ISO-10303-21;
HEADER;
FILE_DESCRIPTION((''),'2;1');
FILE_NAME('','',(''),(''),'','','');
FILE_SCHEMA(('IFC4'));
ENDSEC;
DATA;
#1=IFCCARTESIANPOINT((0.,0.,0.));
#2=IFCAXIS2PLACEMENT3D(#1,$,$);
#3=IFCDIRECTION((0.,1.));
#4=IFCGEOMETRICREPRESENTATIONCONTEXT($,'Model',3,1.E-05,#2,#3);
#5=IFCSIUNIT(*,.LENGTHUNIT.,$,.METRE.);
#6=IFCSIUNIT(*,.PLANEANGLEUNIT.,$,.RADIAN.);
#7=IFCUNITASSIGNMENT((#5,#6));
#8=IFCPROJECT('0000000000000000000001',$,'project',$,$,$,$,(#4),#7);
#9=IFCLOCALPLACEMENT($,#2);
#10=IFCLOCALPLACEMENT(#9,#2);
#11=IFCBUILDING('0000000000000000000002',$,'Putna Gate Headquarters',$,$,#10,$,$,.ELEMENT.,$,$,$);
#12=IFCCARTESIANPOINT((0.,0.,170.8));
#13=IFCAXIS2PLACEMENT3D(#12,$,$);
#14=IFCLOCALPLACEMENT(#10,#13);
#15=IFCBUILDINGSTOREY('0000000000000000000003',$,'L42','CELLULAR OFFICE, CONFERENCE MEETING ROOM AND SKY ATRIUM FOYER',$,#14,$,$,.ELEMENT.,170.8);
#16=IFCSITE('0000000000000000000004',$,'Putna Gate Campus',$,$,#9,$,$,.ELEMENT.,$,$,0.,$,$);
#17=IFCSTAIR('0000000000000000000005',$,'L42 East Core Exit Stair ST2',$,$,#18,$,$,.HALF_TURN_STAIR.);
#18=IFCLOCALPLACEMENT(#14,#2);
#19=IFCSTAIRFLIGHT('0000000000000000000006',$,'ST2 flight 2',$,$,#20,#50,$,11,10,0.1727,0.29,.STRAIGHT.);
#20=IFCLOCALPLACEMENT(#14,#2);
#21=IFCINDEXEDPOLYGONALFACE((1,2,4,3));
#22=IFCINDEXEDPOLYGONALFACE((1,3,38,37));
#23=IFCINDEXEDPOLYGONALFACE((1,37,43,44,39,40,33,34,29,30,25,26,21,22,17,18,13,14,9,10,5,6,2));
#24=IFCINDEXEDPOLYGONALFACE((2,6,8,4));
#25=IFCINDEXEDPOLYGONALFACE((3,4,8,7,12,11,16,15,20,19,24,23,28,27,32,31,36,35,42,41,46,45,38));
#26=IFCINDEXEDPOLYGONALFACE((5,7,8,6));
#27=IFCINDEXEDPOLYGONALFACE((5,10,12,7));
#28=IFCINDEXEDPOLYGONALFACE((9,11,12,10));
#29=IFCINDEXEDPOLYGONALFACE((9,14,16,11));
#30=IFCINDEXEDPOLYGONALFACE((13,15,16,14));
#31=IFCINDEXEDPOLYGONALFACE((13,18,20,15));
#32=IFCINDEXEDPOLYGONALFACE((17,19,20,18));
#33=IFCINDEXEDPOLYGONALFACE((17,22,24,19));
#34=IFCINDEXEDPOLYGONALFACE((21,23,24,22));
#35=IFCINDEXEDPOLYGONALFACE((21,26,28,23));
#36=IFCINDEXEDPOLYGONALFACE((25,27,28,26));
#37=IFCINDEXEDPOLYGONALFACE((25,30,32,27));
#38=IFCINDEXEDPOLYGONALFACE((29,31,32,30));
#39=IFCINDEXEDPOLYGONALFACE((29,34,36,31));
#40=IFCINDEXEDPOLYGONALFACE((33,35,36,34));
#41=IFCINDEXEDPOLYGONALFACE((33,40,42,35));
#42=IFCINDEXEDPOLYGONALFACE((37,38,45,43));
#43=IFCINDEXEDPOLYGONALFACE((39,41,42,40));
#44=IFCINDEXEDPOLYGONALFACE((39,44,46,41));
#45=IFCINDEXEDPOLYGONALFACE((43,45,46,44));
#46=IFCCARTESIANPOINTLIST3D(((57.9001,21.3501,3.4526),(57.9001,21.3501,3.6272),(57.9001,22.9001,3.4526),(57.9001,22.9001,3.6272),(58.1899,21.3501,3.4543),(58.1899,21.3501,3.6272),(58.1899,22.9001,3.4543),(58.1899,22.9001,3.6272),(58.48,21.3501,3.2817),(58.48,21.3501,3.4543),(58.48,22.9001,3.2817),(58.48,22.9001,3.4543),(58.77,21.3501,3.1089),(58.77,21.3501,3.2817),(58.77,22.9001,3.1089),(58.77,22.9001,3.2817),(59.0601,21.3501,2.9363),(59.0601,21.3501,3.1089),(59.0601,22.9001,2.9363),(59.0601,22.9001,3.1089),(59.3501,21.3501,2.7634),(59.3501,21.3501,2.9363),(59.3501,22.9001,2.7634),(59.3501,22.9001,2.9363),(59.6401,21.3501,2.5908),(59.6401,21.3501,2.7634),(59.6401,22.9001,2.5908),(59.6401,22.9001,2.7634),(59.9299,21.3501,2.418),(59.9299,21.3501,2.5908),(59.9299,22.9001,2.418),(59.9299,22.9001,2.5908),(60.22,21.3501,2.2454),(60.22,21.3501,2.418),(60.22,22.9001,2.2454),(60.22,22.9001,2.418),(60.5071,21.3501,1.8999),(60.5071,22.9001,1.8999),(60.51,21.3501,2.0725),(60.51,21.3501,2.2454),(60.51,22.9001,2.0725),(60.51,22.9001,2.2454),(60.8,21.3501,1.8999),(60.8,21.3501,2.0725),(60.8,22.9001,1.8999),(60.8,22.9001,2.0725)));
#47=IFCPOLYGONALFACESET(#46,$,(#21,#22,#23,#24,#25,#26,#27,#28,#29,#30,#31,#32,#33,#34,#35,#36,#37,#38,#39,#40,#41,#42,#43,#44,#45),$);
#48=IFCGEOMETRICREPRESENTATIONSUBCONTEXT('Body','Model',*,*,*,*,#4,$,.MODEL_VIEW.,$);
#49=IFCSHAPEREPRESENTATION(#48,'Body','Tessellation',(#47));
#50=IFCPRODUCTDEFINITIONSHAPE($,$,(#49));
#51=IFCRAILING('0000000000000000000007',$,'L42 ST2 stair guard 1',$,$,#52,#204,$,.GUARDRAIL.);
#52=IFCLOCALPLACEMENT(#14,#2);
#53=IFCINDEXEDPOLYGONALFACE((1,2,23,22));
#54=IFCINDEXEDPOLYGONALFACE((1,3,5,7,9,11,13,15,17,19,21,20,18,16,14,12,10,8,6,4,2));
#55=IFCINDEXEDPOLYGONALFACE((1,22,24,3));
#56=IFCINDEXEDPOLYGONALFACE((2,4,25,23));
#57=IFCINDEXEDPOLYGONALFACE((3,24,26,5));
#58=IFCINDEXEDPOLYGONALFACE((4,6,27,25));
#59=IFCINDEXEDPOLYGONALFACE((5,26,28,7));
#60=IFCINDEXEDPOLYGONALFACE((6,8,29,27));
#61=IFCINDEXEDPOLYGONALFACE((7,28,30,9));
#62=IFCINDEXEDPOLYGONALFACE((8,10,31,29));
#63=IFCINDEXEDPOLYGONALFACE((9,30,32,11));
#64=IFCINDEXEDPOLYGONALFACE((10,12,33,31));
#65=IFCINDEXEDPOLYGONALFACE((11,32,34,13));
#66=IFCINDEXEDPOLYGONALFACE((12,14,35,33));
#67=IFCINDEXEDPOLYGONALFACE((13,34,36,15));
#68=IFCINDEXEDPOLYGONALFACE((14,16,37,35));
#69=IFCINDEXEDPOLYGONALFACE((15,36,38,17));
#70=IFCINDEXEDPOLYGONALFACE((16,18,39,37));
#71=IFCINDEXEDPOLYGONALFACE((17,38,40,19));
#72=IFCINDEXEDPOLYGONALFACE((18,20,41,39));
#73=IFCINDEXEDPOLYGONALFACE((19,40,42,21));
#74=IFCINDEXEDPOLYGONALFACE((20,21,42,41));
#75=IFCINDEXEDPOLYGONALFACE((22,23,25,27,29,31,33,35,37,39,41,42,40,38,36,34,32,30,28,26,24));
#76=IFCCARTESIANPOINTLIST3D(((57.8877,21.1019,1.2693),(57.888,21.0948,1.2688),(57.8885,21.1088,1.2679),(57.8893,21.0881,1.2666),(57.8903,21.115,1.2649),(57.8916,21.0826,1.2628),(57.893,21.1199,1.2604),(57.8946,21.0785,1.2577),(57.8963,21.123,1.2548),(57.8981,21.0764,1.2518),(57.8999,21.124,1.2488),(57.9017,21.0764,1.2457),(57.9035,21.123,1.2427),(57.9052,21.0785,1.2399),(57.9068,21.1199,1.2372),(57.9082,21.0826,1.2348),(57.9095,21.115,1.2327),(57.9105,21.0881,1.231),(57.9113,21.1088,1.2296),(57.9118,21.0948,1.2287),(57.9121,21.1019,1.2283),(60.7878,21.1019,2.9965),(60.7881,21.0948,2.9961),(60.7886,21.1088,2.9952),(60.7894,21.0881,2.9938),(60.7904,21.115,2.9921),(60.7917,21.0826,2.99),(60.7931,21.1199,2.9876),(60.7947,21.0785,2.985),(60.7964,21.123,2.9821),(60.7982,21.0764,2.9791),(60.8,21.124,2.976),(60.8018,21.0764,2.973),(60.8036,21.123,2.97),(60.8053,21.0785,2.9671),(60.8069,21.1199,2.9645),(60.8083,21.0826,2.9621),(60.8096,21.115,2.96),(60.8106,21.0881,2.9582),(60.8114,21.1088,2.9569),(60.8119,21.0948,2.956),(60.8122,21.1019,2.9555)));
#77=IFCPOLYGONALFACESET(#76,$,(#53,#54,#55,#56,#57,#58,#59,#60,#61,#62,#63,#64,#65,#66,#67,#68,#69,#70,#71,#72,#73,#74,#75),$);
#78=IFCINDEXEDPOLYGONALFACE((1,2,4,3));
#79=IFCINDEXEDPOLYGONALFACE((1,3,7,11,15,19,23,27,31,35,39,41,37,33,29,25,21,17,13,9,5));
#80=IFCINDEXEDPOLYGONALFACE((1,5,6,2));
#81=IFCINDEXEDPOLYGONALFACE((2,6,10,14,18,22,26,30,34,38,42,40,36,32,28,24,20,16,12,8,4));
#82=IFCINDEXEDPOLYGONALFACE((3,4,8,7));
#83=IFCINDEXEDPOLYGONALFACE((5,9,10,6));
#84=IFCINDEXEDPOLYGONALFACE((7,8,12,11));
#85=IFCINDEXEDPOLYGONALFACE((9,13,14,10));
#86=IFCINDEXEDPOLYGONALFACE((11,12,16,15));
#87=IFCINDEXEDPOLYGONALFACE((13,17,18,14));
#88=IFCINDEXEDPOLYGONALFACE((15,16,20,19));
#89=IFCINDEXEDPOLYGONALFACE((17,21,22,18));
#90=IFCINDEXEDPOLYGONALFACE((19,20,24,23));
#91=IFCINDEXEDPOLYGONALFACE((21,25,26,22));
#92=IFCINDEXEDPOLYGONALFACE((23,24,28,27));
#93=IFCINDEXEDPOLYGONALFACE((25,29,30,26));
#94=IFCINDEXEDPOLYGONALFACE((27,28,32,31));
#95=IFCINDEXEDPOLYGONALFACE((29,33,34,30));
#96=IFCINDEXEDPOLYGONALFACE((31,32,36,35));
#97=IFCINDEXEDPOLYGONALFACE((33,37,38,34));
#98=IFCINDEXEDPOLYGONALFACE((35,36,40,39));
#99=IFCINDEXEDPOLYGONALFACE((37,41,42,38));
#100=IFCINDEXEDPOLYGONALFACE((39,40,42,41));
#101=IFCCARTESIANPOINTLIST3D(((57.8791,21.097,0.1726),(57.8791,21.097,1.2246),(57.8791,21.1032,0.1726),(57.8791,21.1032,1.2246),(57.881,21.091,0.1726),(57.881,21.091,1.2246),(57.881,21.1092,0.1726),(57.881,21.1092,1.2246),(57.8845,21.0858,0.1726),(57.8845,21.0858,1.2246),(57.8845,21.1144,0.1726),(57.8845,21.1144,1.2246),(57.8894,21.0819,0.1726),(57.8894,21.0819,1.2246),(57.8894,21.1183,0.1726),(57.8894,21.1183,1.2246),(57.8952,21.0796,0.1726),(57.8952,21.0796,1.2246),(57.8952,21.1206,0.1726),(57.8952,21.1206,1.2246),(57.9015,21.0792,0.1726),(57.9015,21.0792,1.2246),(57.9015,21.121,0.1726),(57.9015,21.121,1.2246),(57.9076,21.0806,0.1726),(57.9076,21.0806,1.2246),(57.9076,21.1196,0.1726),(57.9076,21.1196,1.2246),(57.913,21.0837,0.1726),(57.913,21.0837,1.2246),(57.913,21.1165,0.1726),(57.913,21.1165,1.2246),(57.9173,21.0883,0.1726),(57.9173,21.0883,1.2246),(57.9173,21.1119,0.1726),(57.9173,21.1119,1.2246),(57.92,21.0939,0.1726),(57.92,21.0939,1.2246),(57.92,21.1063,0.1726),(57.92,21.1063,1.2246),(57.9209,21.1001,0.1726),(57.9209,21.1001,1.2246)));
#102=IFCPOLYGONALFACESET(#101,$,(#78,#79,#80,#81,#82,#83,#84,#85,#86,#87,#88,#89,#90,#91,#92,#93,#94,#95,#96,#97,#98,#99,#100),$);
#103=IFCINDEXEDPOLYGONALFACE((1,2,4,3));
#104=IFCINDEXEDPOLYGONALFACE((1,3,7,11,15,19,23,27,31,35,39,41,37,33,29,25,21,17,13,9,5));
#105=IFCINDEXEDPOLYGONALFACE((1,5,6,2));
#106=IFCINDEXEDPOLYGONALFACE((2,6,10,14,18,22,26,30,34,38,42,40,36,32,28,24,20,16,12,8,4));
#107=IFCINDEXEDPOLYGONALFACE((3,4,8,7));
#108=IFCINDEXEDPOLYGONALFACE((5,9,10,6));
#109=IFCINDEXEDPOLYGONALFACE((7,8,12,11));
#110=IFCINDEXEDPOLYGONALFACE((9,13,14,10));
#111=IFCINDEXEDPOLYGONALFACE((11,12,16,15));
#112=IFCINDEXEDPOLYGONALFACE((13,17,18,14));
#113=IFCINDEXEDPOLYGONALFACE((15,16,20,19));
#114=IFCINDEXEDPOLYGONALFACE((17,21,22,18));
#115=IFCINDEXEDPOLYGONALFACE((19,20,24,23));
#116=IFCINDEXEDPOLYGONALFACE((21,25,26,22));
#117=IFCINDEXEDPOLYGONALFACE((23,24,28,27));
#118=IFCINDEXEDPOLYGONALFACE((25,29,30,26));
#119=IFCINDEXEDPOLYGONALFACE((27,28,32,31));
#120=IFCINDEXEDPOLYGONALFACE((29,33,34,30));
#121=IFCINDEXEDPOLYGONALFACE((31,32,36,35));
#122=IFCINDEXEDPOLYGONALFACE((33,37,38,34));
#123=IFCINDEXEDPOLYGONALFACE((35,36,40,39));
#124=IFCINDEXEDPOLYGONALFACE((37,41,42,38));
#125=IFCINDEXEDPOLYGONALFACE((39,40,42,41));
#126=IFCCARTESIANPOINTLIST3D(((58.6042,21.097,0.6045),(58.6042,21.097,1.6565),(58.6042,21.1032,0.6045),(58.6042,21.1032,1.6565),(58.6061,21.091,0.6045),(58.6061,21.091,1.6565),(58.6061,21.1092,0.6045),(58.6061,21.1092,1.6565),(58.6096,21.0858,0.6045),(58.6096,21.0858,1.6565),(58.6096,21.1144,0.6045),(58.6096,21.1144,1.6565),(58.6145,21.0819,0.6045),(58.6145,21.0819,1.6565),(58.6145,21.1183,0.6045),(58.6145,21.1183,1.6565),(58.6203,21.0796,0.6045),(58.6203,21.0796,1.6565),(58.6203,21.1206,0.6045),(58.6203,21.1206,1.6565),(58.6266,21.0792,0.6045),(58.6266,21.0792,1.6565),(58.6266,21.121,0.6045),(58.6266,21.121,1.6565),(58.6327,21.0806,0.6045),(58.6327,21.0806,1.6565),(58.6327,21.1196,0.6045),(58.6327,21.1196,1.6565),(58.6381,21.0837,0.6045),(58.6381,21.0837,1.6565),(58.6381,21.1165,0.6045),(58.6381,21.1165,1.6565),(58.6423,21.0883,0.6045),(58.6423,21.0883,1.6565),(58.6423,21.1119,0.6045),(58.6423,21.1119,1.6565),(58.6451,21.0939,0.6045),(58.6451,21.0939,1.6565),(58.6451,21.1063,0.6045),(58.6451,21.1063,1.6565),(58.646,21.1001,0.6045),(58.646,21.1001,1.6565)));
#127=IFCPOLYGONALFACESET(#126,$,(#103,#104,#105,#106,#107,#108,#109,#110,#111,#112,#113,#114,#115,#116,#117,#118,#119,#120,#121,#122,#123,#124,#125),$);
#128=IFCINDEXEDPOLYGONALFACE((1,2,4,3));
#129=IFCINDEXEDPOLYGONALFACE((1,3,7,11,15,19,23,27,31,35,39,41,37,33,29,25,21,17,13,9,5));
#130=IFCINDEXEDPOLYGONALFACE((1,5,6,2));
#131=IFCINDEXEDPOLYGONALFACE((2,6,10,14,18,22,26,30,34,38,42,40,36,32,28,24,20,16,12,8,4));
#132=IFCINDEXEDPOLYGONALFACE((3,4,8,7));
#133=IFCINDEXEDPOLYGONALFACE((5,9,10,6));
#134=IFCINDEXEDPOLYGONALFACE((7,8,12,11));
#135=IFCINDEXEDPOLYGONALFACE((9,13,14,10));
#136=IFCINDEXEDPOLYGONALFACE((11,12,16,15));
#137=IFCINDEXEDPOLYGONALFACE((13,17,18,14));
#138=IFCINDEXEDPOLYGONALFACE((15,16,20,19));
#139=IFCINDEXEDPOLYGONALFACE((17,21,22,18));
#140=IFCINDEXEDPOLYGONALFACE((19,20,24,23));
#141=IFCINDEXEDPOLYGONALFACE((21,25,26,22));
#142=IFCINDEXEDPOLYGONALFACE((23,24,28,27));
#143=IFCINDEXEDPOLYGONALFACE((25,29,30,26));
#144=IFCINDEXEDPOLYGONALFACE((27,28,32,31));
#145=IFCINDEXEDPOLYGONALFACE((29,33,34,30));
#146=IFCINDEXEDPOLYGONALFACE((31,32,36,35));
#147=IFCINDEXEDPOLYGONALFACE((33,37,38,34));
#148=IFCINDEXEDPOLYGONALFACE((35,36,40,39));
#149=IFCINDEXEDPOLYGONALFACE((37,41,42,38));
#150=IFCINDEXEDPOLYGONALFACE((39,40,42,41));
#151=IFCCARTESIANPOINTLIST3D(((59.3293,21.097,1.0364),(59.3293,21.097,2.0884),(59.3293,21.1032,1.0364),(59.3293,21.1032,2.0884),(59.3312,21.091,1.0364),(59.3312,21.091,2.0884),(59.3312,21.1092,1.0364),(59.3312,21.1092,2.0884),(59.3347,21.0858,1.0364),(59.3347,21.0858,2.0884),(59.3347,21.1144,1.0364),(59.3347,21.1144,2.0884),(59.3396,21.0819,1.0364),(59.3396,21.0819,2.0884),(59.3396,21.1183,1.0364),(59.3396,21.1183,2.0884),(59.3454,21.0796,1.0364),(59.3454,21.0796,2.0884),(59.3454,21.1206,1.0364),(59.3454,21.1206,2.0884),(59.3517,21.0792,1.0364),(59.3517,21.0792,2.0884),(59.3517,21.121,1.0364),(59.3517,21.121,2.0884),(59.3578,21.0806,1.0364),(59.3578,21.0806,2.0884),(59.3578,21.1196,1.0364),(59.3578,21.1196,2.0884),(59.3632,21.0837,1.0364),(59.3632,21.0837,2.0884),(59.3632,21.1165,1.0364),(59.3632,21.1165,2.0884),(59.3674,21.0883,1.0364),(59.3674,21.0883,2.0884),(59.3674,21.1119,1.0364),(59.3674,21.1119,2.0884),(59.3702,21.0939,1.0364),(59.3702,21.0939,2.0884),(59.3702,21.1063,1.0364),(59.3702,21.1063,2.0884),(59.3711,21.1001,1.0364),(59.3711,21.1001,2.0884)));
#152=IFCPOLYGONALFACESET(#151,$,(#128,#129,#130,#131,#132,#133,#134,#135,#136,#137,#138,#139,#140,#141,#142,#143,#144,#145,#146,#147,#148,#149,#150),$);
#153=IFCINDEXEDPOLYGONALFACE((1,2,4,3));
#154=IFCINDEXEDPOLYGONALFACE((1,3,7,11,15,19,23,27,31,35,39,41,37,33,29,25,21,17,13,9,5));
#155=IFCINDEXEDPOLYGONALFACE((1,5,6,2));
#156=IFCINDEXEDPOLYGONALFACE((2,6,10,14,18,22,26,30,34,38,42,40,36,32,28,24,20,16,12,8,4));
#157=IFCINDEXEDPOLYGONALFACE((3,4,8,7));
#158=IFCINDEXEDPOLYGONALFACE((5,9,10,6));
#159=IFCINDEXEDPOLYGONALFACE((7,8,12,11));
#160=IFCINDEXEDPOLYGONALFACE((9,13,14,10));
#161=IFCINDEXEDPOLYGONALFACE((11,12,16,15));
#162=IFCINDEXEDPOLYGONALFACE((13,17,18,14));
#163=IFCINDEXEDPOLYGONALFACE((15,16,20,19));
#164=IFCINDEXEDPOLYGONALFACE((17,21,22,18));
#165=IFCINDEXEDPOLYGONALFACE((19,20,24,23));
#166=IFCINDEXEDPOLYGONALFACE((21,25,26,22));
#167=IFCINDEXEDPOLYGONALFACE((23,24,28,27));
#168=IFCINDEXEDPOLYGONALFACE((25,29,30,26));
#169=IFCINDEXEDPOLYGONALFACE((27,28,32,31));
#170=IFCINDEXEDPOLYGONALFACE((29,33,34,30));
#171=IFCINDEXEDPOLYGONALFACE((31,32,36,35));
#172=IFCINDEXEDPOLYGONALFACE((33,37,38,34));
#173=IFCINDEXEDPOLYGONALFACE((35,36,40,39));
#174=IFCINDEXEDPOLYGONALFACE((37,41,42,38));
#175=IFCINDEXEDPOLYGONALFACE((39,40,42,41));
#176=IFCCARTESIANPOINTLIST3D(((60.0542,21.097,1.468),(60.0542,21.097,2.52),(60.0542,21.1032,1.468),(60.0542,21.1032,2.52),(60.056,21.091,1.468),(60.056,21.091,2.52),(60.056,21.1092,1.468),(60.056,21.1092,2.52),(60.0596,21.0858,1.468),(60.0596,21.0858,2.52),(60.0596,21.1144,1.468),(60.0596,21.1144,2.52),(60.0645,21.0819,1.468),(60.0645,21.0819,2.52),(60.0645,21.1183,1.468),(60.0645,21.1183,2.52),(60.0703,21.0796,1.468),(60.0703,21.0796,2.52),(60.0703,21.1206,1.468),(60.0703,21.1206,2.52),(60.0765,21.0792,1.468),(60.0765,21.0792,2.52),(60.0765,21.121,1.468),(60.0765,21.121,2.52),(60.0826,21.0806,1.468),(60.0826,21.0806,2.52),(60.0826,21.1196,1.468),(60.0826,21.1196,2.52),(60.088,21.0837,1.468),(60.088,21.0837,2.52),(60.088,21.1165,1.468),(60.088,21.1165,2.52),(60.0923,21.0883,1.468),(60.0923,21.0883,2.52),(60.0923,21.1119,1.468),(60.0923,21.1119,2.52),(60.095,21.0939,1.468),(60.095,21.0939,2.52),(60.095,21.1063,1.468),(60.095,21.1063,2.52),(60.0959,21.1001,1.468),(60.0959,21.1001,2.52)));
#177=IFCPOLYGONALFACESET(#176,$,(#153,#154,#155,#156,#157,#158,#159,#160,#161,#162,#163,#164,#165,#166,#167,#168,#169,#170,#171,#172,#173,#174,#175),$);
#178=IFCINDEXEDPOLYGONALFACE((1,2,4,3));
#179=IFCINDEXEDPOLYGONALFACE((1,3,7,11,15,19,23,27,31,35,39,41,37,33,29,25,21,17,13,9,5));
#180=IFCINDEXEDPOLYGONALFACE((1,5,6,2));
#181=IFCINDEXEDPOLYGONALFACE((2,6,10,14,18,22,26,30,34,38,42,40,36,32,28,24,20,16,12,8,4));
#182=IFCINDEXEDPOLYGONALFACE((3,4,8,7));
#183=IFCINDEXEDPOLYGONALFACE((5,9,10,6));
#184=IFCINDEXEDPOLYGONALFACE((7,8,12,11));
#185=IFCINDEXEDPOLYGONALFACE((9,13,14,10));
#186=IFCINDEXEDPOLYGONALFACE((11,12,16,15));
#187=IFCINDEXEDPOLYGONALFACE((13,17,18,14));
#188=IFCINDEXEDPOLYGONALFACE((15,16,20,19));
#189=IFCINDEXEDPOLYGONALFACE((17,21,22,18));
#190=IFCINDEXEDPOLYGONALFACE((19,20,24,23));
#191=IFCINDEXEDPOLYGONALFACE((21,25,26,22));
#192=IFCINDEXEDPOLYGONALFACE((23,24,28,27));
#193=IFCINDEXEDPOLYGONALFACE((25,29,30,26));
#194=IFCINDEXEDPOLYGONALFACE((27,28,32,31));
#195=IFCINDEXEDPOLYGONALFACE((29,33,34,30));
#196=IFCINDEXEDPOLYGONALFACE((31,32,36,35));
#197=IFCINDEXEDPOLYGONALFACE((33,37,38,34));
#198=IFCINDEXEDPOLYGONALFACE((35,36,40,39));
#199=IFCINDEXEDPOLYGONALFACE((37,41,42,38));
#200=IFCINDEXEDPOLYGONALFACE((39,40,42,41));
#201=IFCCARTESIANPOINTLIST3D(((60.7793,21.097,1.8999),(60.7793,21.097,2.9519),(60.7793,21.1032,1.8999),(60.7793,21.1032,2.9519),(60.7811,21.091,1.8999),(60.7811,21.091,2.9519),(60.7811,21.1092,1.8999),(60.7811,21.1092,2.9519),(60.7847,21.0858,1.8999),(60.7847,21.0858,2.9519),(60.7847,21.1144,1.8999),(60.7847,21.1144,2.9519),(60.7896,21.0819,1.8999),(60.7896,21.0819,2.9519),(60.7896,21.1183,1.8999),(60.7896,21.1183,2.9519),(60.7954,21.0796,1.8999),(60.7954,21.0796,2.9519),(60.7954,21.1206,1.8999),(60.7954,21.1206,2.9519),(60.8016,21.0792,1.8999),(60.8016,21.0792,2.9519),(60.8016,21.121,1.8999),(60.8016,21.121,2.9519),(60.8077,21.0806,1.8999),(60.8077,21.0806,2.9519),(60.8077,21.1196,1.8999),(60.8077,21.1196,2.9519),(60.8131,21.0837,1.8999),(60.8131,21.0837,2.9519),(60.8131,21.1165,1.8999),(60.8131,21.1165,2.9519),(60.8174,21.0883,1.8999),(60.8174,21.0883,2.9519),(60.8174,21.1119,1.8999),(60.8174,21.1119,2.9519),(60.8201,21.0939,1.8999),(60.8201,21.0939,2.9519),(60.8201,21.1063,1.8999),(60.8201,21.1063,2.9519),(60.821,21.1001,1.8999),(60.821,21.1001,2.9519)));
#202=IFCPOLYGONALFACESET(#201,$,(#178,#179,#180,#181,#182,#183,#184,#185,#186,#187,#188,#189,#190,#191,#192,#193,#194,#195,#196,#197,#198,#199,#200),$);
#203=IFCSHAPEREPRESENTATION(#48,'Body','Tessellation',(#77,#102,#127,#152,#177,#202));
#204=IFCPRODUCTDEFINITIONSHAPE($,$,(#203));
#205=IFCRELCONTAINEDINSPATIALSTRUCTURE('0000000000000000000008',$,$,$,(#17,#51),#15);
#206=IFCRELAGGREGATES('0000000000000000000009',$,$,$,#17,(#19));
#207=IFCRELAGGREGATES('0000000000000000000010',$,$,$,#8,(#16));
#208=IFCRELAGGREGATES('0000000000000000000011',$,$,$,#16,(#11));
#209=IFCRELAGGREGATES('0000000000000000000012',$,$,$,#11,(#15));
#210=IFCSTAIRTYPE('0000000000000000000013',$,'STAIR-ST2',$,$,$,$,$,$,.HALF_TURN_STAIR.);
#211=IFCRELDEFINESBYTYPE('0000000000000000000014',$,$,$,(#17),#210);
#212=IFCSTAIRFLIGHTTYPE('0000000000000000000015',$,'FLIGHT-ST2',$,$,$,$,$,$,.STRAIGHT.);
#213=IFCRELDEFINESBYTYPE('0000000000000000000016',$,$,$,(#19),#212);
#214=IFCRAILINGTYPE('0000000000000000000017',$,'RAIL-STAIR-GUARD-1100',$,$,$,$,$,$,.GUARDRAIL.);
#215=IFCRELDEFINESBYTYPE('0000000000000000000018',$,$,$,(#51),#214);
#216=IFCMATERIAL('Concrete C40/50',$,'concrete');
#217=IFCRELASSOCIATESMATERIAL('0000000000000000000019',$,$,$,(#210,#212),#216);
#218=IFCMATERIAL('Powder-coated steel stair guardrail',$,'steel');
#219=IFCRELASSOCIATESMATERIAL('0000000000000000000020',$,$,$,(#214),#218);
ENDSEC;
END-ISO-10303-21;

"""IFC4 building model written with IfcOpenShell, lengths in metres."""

from ifc_helpers import new_model, si_unit, direction, frame, origin, origin_2d, place, context, subcontext, project, spatial, polyline, circle, outline, extrude, material, type_object, element, aggregate, save


model = new_model("IFC4")

# Units and contexts
model_context = context("Model", 3, precision=1e-05, world=origin(), true_north=direction((0.0, 1.0)))
body_context = subcontext(model_context, "Body", "Model", "MODEL_VIEW")
ifc_project = project(units=[si_unit("LENGTHUNIT", "METRE"), si_unit("PLANEANGLEUNIT", "RADIAN")], contexts=[model_context])

# Site, building, storey
site_placement = place(None, origin())
site = spatial("IfcSite", under=ifc_project, at=site_placement, Name="Putna Gate Campus", CompositionType="ELEMENT", RefElevation=0.0)
building_placement = place(site_placement, origin())
building = spatial("IfcBuilding", under=site, at=building_placement, Name="Putna Gate Headquarters", CompositionType="ELEMENT")
storey_placement = place(building_placement, frame((0.0, 0.0, 170.8)))
storey = spatial("IfcBuildingStorey", under=building, at=storey_placement, Name="L42", Description="CELLULAR OFFICE, CONFERENCE MEETING ROOM AND SKY ATRIUM FOYER", CompositionType="ELEMENT", Elevation=170.8)

# Shared definitions
ifc_material_1 = material(Name="Concrete C40/50", Category="concrete")

# Stair, stair flight
stair_type = type_object("IfcStairType", Name="STAIR-ST2", PredefinedType="HALF_TURN_STAIR", material=ifc_material_1)
stair_placement = place(storey_placement, origin())
stair = element("IfcStair", 1, at=stair_placement, inside=storey, type_object=stair_type, Name="L42 East Core Exit Stair ST2", PredefinedType="HALF_TURN_STAIR")
stair_flight_type = type_object("IfcStairFlightType", Name="FLIGHT-ST2", PredefinedType="STRAIGHT", material=ifc_material_1)
stair_flight_1_placement = place(storey_placement, frame((60.8, 22.125, 1.8999), z_axis=(0.0, 0.0, 1.0), x_axis=(-1.0, 0.0, 0.0)))
stair_flight_1 = element("IfcStairFlight", 2, at=stair_flight_1_placement, type_object=stair_flight_type, Name="ST2 flight 2", NumberOfRisers=11, NumberOfTreads=10, PredefinedType="STRAIGHT", RiserHeight=0.1727, TreadLength=0.29, context=body_context, shape_type="SweptSolid", body=[
    extrude(outline(polyline([(0.0, 0.0), (0.0, 0.1726), (0.29, 0.1726), (0.29, 0.3455), (0.5801, 0.3455), (0.5801, 0.5181), (0.8701, 0.5181), (0.8701, 0.6909), (1.1599, 0.6909), (1.1599, 0.8635), (1.45, 0.8635), (1.45, 1.0364), (1.74, 1.0364), (1.74, 1.209), (2.03, 1.209), (2.03, 1.3818), (2.3201, 1.3818), (2.3201, 1.5544), (2.6101, 1.5544), (2.6101, 1.7273), (2.8999, 1.7273), (2.8999, 1.8999), (2.8999, 1.5527), (0.293, 0.0), (0.0, 0.0)])), frame((0.0, 0.7749, 0.0), z_axis=(0.0, -1.0, 0.0), x_axis=(1.0, 0.0, 0.0)), (0.0, 0.0, 1.0), 1.55),
])
aggregate(stair, [stair_flight_1])

# Railing
ifc_material_2 = material(Name="Powder-coated steel stair guardrail", Category="steel")
railing_type_1 = type_object("IfcRailingType", Name="RAIL-STAIR-GUARD-1100", PredefinedType="GUARDRAIL", material=ifc_material_2)
railing_1_placement = place(storey_placement, frame((57.8999, 21.1001, 0.1726)))
element("IfcRailing", 3, at=railing_1_placement, inside=storey, type_object=railing_type_1, Name="L42 ST2 stair guard 1", PredefinedType="GUARDRAIL", context=body_context, shape_type="SweptSolid", body=[
    extrude(circle(Radius=0.0239, at=origin_2d()), frame((0.0, 0.0, 1.0762), z_axis=(0.85916, 0.0, 0.511706), x_axis=(0.0, 1.0, 0.0)), (0.0, 0.0, 1.0), 3.3755),
    extrude(circle(Radius=0.021, at=origin_2d()), origin(), (0.0, 0.0, 1.0), 1.052),
    extrude(circle(Radius=0.021, at=origin_2d()), frame((0.7251, 0.0, 0.4319)), (0.0, 0.0, 1.0), 1.052),
    extrude(circle(Radius=0.021, at=origin_2d()), frame((1.4502, 0.0, 0.8638)), (0.0, 0.0, 1.0), 1.052),
    extrude(circle(Radius=0.021, at=origin_2d()), frame((2.175, 0.0, 1.2954)), (0.0, 0.0, 1.0), 1.052),
    extrude(circle(Radius=0.021, at=origin_2d()), frame((2.9001, 0.0, 1.7273)), (0.0, 0.0, 1.0), 1.052),
])

save(model, "model.ifc")
